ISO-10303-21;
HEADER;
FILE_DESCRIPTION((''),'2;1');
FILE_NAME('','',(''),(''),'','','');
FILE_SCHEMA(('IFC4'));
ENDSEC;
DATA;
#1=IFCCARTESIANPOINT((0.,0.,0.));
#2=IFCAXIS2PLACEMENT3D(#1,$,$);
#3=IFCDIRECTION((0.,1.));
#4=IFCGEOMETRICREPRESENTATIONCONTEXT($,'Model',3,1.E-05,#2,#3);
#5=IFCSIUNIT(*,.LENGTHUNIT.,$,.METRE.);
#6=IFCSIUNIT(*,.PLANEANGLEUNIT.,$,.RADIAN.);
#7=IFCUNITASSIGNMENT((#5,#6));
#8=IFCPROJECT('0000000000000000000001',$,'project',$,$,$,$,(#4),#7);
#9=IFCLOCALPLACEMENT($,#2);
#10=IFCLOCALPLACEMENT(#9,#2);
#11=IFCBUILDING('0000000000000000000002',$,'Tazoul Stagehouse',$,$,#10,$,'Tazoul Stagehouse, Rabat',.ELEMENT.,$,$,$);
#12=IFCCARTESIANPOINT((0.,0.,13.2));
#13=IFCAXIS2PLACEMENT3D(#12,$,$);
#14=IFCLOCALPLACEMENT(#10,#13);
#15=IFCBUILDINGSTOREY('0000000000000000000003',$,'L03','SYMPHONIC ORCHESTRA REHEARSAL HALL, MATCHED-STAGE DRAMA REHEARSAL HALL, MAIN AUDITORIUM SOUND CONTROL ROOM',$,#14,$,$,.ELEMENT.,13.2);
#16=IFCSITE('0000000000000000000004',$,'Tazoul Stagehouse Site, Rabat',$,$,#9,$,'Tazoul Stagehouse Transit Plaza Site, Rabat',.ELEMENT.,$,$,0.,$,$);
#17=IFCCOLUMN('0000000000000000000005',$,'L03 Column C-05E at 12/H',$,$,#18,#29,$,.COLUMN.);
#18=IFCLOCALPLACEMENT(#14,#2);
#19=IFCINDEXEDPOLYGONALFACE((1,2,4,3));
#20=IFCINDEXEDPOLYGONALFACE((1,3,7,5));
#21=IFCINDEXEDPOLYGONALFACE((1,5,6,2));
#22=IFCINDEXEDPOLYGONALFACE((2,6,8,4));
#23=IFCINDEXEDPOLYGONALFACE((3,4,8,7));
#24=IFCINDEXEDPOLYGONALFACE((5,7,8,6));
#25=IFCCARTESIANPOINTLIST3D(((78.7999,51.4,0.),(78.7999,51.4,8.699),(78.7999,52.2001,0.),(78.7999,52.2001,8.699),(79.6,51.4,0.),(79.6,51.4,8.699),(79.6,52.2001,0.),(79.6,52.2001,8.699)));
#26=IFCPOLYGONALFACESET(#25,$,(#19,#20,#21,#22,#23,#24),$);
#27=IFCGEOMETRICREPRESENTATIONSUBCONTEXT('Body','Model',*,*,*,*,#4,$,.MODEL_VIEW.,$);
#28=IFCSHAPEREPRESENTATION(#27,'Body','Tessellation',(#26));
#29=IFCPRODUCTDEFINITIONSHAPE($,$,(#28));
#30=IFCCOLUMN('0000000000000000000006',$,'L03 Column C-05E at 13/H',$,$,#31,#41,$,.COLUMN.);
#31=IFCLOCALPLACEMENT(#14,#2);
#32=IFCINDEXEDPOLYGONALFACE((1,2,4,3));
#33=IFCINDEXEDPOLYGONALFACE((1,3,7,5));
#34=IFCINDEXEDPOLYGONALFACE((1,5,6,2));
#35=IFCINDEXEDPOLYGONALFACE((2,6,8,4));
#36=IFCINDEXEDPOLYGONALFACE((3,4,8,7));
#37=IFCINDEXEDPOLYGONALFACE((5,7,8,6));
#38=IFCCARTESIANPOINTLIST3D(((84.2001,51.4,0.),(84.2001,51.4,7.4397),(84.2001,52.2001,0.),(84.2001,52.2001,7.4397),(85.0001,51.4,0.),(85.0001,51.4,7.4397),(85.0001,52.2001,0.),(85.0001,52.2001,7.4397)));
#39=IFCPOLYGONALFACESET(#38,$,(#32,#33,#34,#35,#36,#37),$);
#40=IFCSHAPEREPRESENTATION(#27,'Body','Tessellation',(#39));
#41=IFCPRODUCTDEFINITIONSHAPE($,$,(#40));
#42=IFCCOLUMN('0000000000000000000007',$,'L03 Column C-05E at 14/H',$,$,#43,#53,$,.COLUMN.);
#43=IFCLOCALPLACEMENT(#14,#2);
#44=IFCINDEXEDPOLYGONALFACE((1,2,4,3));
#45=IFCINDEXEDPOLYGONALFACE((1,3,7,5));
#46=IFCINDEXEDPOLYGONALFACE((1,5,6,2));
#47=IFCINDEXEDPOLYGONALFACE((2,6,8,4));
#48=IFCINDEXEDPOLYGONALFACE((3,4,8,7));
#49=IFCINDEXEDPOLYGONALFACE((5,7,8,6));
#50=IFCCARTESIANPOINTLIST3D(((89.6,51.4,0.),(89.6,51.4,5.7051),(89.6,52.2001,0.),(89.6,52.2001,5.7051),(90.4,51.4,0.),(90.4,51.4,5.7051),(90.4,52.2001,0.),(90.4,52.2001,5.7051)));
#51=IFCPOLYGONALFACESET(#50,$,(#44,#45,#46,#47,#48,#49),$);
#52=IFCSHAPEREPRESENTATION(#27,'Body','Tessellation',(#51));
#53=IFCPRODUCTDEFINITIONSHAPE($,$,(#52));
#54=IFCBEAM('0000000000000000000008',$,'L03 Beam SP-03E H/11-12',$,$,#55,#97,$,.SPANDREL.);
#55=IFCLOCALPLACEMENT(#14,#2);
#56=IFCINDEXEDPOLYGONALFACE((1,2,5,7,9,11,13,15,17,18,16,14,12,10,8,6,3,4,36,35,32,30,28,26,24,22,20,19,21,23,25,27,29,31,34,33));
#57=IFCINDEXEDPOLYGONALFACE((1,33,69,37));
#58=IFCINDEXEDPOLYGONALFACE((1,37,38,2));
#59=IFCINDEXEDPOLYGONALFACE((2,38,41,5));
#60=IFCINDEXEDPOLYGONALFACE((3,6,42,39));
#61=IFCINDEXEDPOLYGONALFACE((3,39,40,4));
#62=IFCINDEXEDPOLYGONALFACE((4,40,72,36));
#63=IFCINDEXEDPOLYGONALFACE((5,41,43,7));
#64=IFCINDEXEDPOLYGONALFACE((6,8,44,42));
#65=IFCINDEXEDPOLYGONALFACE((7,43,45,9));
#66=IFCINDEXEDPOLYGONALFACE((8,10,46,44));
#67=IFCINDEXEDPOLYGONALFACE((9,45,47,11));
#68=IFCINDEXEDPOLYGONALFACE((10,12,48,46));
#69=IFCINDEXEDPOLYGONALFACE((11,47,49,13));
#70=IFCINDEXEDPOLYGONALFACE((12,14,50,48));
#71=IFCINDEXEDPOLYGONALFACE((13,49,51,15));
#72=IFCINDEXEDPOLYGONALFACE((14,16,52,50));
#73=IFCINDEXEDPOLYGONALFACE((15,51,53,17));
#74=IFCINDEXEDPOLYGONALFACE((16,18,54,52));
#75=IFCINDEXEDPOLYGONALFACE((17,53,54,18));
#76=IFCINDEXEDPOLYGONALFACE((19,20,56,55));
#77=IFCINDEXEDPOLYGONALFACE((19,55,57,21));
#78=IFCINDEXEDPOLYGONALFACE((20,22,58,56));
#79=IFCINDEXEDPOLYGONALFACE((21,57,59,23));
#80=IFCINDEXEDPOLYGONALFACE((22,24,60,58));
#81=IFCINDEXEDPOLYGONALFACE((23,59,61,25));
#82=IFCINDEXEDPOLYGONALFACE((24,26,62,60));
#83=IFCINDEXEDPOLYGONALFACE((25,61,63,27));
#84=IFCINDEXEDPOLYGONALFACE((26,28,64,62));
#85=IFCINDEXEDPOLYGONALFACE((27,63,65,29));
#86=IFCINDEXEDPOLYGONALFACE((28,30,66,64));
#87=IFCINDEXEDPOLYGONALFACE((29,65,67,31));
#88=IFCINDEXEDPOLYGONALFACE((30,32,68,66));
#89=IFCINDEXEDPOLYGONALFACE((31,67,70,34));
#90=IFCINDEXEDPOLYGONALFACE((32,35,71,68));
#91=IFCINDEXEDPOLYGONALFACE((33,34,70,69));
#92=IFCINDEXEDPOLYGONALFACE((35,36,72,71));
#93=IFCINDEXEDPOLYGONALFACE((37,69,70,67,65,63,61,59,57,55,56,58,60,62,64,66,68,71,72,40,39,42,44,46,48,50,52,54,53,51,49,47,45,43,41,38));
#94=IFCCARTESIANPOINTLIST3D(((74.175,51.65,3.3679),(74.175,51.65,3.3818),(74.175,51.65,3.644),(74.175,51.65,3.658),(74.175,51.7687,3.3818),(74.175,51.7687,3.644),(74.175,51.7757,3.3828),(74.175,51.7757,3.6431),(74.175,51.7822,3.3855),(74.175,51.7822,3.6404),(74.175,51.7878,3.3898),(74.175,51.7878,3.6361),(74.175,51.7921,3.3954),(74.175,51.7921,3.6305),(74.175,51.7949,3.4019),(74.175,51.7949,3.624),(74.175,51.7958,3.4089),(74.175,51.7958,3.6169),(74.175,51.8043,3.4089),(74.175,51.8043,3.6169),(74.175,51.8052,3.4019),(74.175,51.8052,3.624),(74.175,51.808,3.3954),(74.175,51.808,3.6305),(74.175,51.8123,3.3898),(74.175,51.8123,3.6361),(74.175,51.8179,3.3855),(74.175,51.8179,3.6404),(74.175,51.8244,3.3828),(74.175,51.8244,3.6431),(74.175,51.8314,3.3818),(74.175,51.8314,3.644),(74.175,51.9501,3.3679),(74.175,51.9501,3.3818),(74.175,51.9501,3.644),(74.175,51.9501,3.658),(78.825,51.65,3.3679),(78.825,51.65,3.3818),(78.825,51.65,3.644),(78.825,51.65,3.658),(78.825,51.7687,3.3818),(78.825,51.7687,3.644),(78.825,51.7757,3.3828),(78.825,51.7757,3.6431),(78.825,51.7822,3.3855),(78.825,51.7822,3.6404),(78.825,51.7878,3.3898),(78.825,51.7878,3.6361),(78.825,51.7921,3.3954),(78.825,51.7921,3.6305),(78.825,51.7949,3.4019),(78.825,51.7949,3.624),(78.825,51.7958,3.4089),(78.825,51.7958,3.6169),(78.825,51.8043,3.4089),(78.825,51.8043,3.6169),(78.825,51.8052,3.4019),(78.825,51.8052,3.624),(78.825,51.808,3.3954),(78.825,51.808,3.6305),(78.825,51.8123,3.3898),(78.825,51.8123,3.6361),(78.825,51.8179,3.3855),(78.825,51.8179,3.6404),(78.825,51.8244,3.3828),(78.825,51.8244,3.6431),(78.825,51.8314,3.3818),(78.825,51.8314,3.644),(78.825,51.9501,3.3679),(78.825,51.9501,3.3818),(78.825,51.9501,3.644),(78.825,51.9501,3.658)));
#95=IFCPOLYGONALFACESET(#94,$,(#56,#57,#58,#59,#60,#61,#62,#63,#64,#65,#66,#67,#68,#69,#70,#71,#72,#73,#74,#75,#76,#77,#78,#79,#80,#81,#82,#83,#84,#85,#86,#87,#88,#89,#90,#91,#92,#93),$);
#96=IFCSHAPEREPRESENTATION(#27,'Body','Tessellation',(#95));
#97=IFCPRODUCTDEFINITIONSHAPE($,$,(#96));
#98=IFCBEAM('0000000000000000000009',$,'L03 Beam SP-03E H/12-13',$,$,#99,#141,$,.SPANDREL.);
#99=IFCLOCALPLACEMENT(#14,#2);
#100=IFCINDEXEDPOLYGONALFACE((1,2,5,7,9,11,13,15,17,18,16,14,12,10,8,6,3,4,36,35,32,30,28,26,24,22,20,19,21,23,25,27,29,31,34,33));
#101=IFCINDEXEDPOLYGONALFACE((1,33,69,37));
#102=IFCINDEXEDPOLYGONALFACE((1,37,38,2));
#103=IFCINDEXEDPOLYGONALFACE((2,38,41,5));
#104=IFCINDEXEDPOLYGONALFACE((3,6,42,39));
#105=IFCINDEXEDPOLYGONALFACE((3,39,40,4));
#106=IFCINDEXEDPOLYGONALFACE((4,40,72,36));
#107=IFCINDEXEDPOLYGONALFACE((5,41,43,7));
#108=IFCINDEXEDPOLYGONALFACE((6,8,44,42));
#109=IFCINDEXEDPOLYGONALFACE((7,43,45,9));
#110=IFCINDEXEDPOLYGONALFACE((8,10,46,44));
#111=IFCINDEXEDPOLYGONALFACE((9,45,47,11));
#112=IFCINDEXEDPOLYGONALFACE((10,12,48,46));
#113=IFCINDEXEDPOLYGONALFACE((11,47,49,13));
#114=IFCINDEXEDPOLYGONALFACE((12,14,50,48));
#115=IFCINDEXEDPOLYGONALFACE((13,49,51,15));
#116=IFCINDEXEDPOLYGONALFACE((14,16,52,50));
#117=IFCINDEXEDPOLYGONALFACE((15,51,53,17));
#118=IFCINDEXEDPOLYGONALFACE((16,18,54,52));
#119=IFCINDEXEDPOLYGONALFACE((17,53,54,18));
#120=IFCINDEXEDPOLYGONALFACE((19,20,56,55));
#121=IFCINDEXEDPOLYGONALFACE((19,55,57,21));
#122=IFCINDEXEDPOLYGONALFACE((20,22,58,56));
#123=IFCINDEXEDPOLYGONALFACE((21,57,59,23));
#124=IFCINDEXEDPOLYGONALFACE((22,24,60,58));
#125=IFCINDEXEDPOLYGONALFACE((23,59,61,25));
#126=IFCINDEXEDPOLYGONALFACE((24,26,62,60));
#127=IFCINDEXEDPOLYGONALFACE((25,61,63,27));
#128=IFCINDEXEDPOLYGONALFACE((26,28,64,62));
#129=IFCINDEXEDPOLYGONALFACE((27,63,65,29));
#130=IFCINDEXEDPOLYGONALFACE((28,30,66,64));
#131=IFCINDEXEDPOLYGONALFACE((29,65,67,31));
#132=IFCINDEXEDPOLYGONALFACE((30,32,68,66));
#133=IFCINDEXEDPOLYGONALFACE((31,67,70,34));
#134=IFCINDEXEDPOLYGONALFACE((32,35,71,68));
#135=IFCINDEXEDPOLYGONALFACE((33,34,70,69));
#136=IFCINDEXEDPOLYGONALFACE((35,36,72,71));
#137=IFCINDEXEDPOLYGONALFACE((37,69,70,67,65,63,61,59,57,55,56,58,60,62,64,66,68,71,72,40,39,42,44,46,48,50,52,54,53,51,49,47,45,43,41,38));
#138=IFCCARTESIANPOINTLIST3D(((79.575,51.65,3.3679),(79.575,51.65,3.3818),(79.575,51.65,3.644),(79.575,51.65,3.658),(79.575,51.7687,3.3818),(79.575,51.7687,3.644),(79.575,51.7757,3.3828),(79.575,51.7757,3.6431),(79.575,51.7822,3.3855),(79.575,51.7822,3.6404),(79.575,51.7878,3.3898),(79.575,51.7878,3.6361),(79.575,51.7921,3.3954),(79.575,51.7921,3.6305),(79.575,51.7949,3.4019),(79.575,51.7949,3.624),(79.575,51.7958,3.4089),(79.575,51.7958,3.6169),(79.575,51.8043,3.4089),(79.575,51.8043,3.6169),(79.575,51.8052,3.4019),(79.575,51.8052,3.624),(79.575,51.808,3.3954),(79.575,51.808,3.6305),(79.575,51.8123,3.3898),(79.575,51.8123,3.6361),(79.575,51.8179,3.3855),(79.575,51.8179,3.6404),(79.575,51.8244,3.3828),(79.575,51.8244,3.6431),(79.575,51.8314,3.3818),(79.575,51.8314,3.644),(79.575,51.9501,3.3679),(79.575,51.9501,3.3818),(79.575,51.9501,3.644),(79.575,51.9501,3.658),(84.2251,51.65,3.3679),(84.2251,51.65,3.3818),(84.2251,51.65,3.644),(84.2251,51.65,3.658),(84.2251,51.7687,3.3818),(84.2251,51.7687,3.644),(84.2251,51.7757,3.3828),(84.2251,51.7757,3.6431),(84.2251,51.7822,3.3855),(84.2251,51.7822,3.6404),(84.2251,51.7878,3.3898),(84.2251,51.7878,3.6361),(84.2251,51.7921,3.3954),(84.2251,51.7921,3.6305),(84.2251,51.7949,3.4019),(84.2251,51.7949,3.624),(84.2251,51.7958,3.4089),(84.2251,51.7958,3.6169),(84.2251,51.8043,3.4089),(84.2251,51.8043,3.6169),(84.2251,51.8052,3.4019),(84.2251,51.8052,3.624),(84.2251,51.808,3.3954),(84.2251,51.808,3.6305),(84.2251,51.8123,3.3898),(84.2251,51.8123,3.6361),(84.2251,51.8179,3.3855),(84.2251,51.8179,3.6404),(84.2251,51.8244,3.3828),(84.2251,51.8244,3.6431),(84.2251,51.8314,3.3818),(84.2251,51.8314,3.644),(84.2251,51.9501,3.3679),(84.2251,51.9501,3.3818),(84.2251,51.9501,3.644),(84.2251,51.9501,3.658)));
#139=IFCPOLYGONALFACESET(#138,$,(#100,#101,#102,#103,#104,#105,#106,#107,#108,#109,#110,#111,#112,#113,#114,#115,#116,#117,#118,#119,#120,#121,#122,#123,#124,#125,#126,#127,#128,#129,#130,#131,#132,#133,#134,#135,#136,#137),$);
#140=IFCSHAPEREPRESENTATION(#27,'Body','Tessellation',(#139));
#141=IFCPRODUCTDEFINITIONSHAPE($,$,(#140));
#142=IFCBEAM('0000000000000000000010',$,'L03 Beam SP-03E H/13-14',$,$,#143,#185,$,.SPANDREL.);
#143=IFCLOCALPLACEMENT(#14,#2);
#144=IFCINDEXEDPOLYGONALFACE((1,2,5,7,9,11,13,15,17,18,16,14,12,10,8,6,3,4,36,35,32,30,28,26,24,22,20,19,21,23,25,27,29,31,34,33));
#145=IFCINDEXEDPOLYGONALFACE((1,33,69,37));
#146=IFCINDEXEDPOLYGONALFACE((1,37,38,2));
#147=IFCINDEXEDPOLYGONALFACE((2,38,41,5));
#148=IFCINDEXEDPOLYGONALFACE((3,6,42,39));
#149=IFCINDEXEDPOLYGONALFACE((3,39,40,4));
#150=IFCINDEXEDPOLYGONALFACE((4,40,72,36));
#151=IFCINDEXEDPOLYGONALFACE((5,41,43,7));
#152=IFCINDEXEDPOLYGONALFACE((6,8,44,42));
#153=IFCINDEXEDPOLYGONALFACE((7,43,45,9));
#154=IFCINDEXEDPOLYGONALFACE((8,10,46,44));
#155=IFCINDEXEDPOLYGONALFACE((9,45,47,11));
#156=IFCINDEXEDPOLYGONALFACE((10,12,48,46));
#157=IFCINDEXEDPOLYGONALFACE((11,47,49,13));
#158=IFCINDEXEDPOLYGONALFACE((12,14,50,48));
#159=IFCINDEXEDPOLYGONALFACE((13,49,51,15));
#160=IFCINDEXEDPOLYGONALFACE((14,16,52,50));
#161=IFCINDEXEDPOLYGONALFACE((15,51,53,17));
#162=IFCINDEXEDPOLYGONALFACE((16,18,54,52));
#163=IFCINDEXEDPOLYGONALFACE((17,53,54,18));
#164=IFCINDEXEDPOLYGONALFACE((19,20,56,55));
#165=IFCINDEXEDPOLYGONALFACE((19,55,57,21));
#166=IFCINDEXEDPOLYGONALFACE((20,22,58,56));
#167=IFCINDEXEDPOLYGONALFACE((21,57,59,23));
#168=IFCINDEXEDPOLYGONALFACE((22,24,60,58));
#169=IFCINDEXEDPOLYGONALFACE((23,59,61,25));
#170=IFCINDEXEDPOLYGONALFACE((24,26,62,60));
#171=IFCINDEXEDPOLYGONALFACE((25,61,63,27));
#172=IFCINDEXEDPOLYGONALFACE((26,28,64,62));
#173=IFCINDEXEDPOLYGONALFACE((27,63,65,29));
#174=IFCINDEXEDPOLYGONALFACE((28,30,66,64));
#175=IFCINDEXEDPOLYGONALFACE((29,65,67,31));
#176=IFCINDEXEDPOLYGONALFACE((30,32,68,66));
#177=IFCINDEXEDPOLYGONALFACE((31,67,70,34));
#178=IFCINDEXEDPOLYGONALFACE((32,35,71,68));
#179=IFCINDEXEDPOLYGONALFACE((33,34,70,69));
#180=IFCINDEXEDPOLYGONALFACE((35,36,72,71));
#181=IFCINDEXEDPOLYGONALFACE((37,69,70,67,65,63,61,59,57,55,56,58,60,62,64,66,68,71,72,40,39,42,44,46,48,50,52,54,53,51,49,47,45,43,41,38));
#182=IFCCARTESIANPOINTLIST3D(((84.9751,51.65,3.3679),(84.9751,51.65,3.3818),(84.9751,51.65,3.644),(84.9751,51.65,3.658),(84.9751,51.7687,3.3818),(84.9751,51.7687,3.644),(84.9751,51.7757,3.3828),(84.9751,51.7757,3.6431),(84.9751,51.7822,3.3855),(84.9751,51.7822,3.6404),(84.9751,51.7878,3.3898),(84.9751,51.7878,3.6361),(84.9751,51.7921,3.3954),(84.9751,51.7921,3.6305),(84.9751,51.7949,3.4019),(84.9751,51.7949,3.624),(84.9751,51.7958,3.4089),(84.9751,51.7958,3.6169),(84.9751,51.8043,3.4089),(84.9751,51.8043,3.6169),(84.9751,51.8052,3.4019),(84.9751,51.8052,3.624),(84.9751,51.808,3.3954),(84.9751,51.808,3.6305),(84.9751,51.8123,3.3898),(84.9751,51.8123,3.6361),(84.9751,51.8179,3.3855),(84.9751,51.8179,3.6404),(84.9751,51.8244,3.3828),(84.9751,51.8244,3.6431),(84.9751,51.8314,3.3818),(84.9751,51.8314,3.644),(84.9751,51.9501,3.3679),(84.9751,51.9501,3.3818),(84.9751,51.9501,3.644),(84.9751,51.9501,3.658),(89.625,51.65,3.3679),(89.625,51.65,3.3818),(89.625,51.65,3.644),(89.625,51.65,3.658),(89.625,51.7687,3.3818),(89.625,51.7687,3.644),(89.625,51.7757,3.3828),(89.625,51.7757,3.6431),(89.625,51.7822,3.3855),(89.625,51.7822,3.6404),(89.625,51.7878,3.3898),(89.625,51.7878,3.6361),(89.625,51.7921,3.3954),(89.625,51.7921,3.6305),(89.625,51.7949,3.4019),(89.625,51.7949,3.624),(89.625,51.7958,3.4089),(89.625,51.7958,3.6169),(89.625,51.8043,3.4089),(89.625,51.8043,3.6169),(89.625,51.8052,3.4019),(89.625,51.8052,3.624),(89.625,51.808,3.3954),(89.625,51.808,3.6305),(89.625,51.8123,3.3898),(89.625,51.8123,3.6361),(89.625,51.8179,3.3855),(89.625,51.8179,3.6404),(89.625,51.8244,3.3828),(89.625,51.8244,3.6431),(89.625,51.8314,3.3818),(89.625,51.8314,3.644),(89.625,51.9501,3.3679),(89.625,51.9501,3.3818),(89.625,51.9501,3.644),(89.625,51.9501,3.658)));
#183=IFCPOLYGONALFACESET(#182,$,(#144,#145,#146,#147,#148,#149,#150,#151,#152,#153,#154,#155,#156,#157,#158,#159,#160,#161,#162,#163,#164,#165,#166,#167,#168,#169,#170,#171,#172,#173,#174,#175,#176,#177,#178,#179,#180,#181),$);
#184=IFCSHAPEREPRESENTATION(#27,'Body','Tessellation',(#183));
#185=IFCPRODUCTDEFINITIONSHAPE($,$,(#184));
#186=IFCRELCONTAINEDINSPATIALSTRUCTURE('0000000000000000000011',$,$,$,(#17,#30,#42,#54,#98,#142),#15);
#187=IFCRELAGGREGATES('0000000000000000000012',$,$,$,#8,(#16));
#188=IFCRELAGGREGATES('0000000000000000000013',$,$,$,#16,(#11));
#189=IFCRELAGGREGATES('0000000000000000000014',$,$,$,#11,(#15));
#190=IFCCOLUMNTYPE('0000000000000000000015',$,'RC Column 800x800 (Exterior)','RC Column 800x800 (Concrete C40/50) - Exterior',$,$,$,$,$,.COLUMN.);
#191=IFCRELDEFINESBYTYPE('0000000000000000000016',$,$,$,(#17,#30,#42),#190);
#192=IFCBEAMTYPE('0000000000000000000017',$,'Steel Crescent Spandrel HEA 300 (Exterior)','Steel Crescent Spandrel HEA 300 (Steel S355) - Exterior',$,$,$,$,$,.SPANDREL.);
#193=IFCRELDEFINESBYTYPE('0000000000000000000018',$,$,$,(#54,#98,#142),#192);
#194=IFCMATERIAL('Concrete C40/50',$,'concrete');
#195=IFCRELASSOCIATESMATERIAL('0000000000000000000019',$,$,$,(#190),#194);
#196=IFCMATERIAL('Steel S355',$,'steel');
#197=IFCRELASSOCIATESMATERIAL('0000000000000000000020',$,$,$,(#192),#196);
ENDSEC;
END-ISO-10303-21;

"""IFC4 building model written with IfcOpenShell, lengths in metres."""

from ifc_helpers import new_model, si_unit, direction, frame, origin, origin_2d, place, context, subcontext, project, spatial, rectangle, i_section, extrude, material, material_profile, profile_set, type_object, element, save


model = new_model("IFC4")

# Units and contexts
model_context = context("Model", 3, precision=1e-05, world=origin(), true_north=direction((0.0, 1.0)))
body_context = subcontext(model_context, "Body", "Model", "MODEL_VIEW")
ifc_project = project(units=[si_unit("LENGTHUNIT", "METRE"), si_unit("PLANEANGLEUNIT", "RADIAN")], contexts=[model_context])

# Site, building, storey
site_placement = place(None, origin())
site = spatial("IfcSite", under=ifc_project, at=site_placement, Name="Tazoul Stagehouse Site, Rabat", LongName="Tazoul Stagehouse Transit Plaza Site, Rabat", CompositionType="ELEMENT", RefElevation=0.0)
building_placement = place(site_placement, origin())
building = spatial("IfcBuilding", under=site, at=building_placement, Name="Tazoul Stagehouse", LongName="Tazoul Stagehouse, Rabat", CompositionType="ELEMENT")
storey_placement = place(building_placement, frame((0.0, 0.0, 13.2)))
storey = spatial("IfcBuildingStorey", under=building, at=storey_placement, Name="L03", Description="SYMPHONIC ORCHESTRA REHEARSAL HALL, MATCHED-STAGE DRAMA REHEARSAL HALL, MAIN AUDITORIUM SOUND CONTROL ROOM", CompositionType="ELEMENT", Elevation=13.2)

# Columns
ifc_material_1 = material(Name="Concrete C40/50", Category="concrete")
ifc_material_profile_1 = material_profile(ifc_material_1, rectangle(XDim=0.8, YDim=0.8, at=origin_2d()), Name="RC 800x800")
ifc_profile_set_1 = profile_set([ifc_material_profile_1], Name="Concrete C40/50")
column_type = type_object("IfcColumnType", Name="RC Column 800x800 (Exterior)", Description="RC Column 800x800 (Concrete C40/50) - Exterior", PredefinedType="COLUMN", material=ifc_profile_set_1)
column_1_placement = place(storey_placement, frame((79.2, 51.8, 0.0), z_axis=(0.0, 0.0, 1.0), x_axis=(1.0, 0.0, 0.0)))
element("IfcColumn", 1, at=column_1_placement, inside=storey, type_object=column_type, Name="L03 Column C-05E at 12/H", PredefinedType="COLUMN", context=body_context, shape_type="SweptSolid", body=[
    extrude(rectangle(XDim=0.8, YDim=0.8, at=origin_2d()), origin(), (0.0, 0.0, 1.0), 8.699),
])
column_2_placement = place(storey_placement, frame((84.6001, 51.8, 0.0), z_axis=(0.0, 0.0, 1.0), x_axis=(1.0, 0.0, 0.0)))
element("IfcColumn", 2, at=column_2_placement, inside=storey, type_object=column_type, Name="L03 Column C-05E at 13/H", PredefinedType="COLUMN", context=body_context, shape_type="SweptSolid", body=[
    extrude(rectangle(XDim=0.8, YDim=0.8, at=origin_2d()), origin(), (0.0, 0.0, 1.0), 7.4397),
])
column_3_placement = place(storey_placement, frame((90.0, 51.8, 0.0), z_axis=(0.0, 0.0, 1.0), x_axis=(1.0, 0.0, 0.0)))
element("IfcColumn", 3, at=column_3_placement, inside=storey, type_object=column_type, Name="L03 Column C-05E at 14/H", PredefinedType="COLUMN", context=body_context, shape_type="SweptSolid", body=[
    extrude(rectangle(XDim=0.8, YDim=0.8, at=origin_2d()), origin(), (0.0, 0.0, 1.0), 5.7051),
])

# Beams
ifc_material_2 = material(Name="Steel S355", Category="steel")
ifc_material_profile_2 = material_profile(ifc_material_2, i_section(OverallWidth=0.3, OverallDepth=0.29, WebThickness=0.0085, FlangeThickness=0.0139, FilletRadius=0.0271, at=origin_2d()), Name="HEA 300")
ifc_profile_set_2 = profile_set([ifc_material_profile_2], Name="Steel S355")
beam_type = type_object("IfcBeamType", Name="Steel Crescent Spandrel HEA 300 (Exterior)", Description="Steel Crescent Spandrel HEA 300 (Steel S355) - Exterior", PredefinedType="SPANDREL", material=ifc_profile_set_2)
beam_1_placement = place(storey_placement, frame((74.175, 51.8, 3.5129), z_axis=(1.0, 0.0, 0.0), x_axis=(0.0, 1.0, 0.0)))
element("IfcBeam", 4, at=beam_1_placement, inside=storey, type_object=beam_type, Name="L03 Beam SP-03E H/11-12", PredefinedType="SPANDREL", context=body_context, shape_type="SweptSolid", body=[
    extrude(i_section(OverallWidth=0.3, OverallDepth=0.29, WebThickness=0.0085, FlangeThickness=0.0139, FilletRadius=0.0271, at=origin_2d()), origin(), (0.0, 0.0, 1.0), 4.6499),
])
beam_2_placement = place(storey_placement, frame((79.575, 51.8, 3.5129), z_axis=(1.0, 0.0, 0.0), x_axis=(0.0, 1.0, 0.0)))
element("IfcBeam", 5, at=beam_2_placement, inside=storey, type_object=beam_type, Name="L03 Beam SP-03E H/12-13", PredefinedType="SPANDREL", context=body_context, shape_type="SweptSolid", body=[
    extrude(i_section(OverallWidth=0.3, OverallDepth=0.29, WebThickness=0.0085, FlangeThickness=0.0139, FilletRadius=0.0271, at=origin_2d()), origin(), (0.0, 0.0, 1.0), 4.6501),
])
for number, where, z_axis, x_axis, name in (
    (6, (84.9751, 51.8, 3.5129), (1.0, 0.0, 0.0), (0.0, 1.0, 0.0), "L03 Beam SP-03E H/13-14"),
):
    element("IfcBeam", number, at=place(storey_placement, frame(where, z_axis=z_axis, x_axis=x_axis)), inside=storey, type_object=beam_type, Name=name, PredefinedType="SPANDREL", context=body_context, shape_type="SweptSolid", body=[
        extrude(i_section(OverallWidth=0.3, OverallDepth=0.29, WebThickness=0.0085, FlangeThickness=0.0139, FilletRadius=0.0271, at=origin_2d()), origin(), (0.0, 0.0, 1.0), 4.6499),
    ])

save(model, "model.ifc")
